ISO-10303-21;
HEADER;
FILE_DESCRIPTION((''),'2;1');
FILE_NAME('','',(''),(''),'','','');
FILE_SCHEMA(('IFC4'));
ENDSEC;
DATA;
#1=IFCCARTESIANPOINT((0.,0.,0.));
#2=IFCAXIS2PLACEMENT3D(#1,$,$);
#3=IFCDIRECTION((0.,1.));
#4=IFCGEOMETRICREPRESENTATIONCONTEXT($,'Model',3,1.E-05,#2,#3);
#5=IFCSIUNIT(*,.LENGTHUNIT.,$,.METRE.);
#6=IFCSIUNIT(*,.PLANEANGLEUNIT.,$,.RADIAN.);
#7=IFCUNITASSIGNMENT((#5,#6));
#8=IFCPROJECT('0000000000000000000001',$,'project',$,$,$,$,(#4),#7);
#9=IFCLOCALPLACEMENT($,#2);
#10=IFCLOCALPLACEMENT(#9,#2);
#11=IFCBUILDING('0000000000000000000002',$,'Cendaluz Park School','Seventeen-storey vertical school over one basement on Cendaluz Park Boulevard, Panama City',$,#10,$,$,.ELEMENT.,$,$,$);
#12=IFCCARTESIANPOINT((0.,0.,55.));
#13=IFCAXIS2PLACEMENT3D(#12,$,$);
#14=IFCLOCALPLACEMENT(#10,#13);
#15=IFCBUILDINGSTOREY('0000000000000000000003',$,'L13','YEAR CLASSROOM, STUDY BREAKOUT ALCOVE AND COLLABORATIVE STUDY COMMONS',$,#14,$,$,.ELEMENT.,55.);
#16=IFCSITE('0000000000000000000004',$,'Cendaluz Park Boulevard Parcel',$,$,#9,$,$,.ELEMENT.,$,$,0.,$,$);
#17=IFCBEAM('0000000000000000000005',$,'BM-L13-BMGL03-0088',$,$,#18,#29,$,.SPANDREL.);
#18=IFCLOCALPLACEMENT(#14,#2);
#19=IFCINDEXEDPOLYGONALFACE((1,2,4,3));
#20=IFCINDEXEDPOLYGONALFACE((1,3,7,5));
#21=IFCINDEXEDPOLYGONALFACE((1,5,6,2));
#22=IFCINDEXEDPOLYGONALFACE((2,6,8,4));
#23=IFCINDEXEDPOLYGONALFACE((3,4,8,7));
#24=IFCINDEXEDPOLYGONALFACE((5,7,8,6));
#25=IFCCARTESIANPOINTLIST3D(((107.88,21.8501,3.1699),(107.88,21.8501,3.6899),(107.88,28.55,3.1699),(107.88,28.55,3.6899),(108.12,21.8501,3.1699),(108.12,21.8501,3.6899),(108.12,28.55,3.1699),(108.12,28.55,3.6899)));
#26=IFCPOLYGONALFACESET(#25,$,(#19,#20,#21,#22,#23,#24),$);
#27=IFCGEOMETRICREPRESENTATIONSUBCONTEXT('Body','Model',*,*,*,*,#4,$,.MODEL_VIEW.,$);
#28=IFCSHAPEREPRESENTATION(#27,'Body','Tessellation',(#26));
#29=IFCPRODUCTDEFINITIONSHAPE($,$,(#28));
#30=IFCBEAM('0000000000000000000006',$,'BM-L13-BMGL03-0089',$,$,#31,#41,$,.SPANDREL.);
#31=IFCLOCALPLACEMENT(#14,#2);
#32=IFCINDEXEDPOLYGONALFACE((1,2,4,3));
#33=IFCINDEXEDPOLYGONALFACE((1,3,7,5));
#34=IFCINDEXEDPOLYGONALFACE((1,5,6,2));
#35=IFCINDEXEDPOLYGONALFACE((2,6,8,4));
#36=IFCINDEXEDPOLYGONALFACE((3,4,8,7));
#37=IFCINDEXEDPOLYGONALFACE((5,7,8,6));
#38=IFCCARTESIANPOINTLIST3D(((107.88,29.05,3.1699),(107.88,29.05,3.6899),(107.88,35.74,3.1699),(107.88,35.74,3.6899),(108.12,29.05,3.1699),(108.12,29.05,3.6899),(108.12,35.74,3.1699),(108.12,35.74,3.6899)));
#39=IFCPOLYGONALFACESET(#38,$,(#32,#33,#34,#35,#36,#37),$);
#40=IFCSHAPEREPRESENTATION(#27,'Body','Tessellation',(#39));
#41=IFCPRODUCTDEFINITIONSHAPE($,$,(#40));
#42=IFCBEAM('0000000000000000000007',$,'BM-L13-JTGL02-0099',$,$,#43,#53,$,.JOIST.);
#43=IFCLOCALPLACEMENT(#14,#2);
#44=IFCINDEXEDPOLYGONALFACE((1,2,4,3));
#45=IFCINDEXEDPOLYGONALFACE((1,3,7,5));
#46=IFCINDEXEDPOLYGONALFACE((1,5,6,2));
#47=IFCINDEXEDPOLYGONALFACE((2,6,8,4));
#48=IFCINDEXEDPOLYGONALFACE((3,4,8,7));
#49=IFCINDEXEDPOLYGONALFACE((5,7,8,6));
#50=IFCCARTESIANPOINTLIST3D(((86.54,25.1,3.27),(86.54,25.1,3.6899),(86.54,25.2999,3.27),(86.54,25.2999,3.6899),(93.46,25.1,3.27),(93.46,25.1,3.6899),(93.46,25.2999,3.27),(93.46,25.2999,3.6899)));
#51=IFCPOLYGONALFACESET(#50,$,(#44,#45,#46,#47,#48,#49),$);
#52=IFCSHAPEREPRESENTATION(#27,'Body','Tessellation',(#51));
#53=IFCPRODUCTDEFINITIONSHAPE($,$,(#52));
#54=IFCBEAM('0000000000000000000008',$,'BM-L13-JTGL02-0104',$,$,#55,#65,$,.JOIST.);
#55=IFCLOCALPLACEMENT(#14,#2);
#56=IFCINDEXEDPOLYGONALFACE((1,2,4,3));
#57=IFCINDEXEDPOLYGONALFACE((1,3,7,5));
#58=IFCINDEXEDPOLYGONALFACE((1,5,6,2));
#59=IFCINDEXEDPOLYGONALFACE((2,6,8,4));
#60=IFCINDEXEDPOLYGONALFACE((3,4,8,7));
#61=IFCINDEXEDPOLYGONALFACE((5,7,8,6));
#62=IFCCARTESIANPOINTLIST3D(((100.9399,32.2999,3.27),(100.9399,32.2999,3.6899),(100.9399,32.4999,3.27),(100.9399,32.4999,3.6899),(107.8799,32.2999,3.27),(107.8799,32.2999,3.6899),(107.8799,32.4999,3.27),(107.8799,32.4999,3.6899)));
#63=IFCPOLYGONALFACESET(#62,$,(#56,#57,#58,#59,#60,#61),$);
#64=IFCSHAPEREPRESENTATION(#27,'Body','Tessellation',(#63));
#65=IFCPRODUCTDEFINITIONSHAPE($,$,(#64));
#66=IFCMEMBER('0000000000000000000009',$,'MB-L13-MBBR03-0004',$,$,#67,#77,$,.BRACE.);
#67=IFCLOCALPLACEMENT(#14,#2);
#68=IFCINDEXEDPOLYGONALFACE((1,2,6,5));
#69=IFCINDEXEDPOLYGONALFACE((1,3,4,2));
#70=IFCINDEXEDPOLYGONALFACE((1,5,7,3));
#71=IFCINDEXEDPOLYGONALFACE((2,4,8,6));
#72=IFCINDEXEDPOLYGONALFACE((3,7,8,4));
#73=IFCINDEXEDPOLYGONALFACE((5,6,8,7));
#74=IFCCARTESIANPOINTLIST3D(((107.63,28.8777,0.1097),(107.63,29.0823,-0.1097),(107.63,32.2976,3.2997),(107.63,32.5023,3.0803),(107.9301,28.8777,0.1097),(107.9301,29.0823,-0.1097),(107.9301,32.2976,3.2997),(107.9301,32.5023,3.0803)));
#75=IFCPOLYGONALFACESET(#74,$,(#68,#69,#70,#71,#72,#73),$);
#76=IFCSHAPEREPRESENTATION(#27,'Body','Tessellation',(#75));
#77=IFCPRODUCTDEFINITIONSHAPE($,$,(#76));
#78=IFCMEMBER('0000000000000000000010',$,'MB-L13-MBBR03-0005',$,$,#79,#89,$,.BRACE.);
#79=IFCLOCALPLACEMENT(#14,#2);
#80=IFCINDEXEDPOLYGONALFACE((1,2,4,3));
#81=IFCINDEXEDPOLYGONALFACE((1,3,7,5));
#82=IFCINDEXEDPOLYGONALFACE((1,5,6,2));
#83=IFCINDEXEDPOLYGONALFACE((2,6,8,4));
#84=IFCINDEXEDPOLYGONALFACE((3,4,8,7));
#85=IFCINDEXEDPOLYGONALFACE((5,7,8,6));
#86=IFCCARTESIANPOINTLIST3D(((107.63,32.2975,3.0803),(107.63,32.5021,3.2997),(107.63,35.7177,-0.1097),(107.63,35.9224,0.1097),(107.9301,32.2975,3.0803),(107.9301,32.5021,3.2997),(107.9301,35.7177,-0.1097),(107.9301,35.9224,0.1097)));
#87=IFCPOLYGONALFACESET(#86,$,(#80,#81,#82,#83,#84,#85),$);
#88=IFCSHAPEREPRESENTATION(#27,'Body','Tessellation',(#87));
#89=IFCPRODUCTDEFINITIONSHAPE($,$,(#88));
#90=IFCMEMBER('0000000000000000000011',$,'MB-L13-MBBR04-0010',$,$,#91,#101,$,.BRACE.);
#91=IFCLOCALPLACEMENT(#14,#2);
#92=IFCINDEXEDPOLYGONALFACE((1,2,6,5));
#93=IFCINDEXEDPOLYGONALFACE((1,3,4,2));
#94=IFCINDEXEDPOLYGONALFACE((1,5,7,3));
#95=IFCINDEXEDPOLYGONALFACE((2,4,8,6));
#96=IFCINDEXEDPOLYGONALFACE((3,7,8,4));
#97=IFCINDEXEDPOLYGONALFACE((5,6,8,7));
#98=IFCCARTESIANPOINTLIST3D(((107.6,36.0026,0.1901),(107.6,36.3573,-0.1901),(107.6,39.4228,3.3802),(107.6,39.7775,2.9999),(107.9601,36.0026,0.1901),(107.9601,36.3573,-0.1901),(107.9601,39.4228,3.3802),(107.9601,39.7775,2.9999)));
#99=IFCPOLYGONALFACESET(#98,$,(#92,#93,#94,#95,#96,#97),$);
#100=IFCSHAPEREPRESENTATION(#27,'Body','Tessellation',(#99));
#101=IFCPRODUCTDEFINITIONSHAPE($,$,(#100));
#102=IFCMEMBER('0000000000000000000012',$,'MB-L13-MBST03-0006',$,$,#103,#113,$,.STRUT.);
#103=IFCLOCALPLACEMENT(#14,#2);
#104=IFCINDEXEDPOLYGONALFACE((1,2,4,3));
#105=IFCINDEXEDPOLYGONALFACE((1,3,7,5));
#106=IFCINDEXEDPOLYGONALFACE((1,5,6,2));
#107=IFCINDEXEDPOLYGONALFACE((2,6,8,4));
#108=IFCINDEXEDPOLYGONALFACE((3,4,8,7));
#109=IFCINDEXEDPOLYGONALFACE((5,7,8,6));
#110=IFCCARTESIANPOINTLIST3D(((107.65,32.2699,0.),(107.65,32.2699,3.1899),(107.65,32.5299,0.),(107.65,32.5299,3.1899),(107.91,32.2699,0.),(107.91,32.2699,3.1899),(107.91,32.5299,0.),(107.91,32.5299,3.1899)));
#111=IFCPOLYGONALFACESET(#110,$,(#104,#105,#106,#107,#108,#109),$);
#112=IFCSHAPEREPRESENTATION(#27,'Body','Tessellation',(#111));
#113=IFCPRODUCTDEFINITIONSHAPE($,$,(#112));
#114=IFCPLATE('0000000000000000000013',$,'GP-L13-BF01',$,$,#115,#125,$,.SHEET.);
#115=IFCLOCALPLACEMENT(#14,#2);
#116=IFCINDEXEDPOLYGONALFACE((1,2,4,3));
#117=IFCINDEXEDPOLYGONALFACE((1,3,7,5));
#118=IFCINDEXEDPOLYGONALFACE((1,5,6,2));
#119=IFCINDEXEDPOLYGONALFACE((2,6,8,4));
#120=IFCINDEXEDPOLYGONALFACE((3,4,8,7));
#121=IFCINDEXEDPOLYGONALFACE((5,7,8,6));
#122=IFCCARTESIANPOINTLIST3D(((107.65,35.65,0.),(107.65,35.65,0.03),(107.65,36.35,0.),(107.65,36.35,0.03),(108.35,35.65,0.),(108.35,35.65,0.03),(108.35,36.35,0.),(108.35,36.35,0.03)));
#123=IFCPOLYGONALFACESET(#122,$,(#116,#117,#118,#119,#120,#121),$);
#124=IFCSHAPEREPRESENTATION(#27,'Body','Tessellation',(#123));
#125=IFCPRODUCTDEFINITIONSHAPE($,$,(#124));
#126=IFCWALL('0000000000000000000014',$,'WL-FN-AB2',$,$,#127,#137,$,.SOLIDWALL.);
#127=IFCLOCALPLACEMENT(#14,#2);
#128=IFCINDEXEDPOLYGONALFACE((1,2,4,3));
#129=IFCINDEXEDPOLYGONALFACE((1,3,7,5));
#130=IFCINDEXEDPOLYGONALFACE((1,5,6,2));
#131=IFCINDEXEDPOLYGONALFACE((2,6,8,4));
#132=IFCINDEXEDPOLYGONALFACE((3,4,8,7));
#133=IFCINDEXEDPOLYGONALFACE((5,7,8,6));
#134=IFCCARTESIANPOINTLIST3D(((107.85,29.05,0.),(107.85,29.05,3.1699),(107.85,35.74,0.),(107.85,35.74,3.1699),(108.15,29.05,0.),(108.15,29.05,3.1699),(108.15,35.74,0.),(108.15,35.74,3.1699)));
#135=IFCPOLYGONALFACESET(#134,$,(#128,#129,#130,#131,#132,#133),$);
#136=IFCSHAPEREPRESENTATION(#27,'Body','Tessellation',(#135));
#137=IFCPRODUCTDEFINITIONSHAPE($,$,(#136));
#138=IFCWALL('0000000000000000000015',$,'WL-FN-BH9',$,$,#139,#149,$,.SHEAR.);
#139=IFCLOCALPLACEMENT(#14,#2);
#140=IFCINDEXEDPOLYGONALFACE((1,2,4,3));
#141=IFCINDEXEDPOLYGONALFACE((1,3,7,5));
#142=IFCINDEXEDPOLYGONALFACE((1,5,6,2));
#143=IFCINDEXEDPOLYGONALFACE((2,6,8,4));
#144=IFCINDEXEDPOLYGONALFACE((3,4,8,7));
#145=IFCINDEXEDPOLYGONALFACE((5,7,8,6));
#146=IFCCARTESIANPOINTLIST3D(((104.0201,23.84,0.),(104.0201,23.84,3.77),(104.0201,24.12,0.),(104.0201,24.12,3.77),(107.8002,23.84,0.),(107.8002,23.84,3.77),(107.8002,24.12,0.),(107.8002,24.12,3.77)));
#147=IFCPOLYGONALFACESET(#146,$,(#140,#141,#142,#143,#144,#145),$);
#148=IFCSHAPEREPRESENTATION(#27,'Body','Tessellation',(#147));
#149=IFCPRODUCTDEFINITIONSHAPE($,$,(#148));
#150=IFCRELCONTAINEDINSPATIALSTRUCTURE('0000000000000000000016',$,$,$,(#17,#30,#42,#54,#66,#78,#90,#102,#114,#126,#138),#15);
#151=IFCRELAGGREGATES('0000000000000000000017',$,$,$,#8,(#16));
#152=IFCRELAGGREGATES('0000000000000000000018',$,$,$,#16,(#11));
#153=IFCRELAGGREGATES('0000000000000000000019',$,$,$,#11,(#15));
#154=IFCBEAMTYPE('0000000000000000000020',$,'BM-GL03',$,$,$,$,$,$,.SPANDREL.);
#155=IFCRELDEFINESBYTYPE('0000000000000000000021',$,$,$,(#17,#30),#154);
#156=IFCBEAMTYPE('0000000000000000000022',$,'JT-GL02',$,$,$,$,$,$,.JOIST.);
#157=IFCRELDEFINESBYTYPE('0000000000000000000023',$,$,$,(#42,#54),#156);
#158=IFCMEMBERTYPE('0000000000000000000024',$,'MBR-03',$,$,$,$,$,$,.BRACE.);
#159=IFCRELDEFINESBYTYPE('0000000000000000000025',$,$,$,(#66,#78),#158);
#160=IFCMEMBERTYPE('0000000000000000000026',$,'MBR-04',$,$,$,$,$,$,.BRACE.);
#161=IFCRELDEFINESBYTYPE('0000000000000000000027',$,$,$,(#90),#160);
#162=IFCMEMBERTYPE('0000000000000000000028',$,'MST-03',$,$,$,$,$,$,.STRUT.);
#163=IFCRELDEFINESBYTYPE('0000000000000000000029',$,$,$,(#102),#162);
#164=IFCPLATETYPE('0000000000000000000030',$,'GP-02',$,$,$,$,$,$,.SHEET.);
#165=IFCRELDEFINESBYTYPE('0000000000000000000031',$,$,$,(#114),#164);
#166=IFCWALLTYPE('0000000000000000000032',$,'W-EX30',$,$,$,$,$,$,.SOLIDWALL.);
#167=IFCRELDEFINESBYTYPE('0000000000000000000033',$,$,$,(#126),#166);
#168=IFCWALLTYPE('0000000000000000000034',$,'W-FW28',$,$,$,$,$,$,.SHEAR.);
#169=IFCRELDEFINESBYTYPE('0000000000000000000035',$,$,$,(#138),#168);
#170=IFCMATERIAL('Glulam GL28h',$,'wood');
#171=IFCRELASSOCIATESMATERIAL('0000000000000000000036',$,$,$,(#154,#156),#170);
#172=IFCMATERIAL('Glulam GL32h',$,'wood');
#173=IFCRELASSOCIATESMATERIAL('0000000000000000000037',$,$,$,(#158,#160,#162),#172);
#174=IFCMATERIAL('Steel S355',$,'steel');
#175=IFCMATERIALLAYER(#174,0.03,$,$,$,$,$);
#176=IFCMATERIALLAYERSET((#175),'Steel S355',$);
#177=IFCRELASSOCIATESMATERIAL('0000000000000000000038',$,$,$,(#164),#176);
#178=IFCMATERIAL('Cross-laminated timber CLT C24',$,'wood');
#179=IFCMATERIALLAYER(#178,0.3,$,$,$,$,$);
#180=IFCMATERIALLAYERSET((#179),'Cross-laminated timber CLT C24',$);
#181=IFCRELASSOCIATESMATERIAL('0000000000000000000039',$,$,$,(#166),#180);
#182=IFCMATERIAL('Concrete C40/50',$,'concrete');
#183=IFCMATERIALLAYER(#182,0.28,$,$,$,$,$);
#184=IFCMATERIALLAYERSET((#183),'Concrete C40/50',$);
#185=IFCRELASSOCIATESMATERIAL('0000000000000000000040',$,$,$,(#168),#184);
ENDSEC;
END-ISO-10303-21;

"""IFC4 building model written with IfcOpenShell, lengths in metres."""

from ifc_helpers import new_model, si_unit, direction, frame, frame_2d, origin, origin_2d, place, context, subcontext, project, spatial, rectangle, extrude, material, layer, layer_set, material_profile, profile_set, type_object, element, save


model = new_model("IFC4")

# Units and contexts
model_context = context("Model", 3, precision=1e-05, world=origin(), true_north=direction((0.0, 1.0)))
body_context = subcontext(model_context, "Body", "Model", "MODEL_VIEW")
ifc_project = project(units=[si_unit("LENGTHUNIT", "METRE"), si_unit("PLANEANGLEUNIT", "RADIAN")], contexts=[model_context])

# Site, building, storey
site_placement = place(None, origin())
site = spatial("IfcSite", under=ifc_project, at=site_placement, Name="Cendaluz Park Boulevard Parcel", CompositionType="ELEMENT", RefElevation=0.0)
building_placement = place(site_placement, origin())
building = spatial("IfcBuilding", under=site, at=building_placement, Name="Cendaluz Park School", Description="Seventeen-storey vertical school over one basement on Cendaluz Park Boulevard, Panama City", CompositionType="ELEMENT")
storey_placement = place(building_placement, frame((0.0, 0.0, 55.0)))
storey = spatial("IfcBuildingStorey", under=building, at=storey_placement, Name="L13", Description="YEAR CLASSROOM, STUDY BREAKOUT ALCOVE AND COLLABORATIVE STUDY COMMONS", CompositionType="ELEMENT", Elevation=55.0)

# Shared definitions
ifc_material_1 = material(Name="Glulam GL32h", Category="wood")

# Beams
ifc_material_2 = material(Name="Glulam GL28h", Category="wood")
ifc_material_profile_1 = material_profile(ifc_material_2, rectangle(XDim=0.24, YDim=0.52, at=origin_2d()), Name="GL28h 240x520", Category="wood")
ifc_profile_set_1 = profile_set([ifc_material_profile_1], Name="Glulam GL28h")
beam_type_1 = type_object("IfcBeamType", Name="BM-GL03", PredefinedType="SPANDREL", material=ifc_profile_set_1)
beam_1_placement = place(storey_placement, frame((108.0, 21.8501, 3.4299), z_axis=(0.0, 1.0, 0.0), x_axis=(-1.0, 0.0, 0.0)))
element("IfcBeam", 1, at=beam_1_placement, inside=storey, type_object=beam_type_1, Name="BM-L13-BMGL03-0088", PredefinedType="SPANDREL", context=body_context, shape_type="SweptSolid", body=[
    extrude(rectangle(XDim=0.24, YDim=0.52, at=origin_2d()), origin(), (0.0, 0.0, 1.0), 6.7),
])
beam_2_placement = place(storey_placement, frame((108.0, 29.05, 3.4299), z_axis=(0.0, 1.0, 0.0), x_axis=(-1.0, 0.0, 0.0)))
element("IfcBeam", 2, at=beam_2_placement, inside=storey, type_object=beam_type_1, Name="BM-L13-BMGL03-0089", PredefinedType="SPANDREL", context=body_context, shape_type="SweptSolid", body=[
    extrude(rectangle(XDim=0.24, YDim=0.52, at=origin_2d()), origin(), (0.0, 0.0, 1.0), 6.6899),
])
ifc_material_profile_2 = material_profile(ifc_material_2, rectangle(XDim=0.2, YDim=0.4199, at=origin_2d()), Name="GL28h 200x420", Category="wood")
ifc_profile_set_2 = profile_set([ifc_material_profile_2], Name="Glulam GL28h")
beam_type_2 = type_object("IfcBeamType", Name="JT-GL02", PredefinedType="JOIST", material=ifc_profile_set_2)
beam_3_placement = place(storey_placement, frame((86.54, 25.2, 3.48), z_axis=(1.0, 0.0, 0.0), x_axis=(0.0, 1.0, 0.0)))
element("IfcBeam", 3, at=beam_3_placement, inside=storey, type_object=beam_type_2, Name="BM-L13-JTGL02-0099", PredefinedType="JOIST", context=body_context, shape_type="SweptSolid", body=[
    extrude(rectangle(XDim=0.2, YDim=0.4199, at=origin_2d()), origin(), (0.0, 0.0, 1.0), 6.9199),
])
beam_4_placement = place(storey_placement, frame((100.9399, 32.3999, 3.48), z_axis=(1.0, 0.0, 0.0), x_axis=(0.0, 1.0, 0.0)))
element("IfcBeam", 4, at=beam_4_placement, inside=storey, type_object=beam_type_2, Name="BM-L13-JTGL02-0104", PredefinedType="JOIST", context=body_context, shape_type="SweptSolid", body=[
    extrude(rectangle(XDim=0.2, YDim=0.4199, at=origin_2d()), origin(), (0.0, 0.0, 1.0), 6.9399),
])

# Members
ifc_material_profile_3 = material_profile(ifc_material_1, rectangle(XDim=0.3, YDim=0.3, at=origin_2d()), Name="GL32h 300x300", Category="wood")
ifc_profile_set_3 = profile_set([ifc_material_profile_3], Name="Glulam GL32h")
member_type_1 = type_object("IfcMemberType", Name="MBR-03", PredefinedType="BRACE", material=ifc_profile_set_3)
member_1_placement = place(storey_placement, frame((107.78, 28.98, 0.0), z_axis=(0.0, 0.731267, 0.682091), x_axis=(-1.0, 0.0, 0.0)))
element("IfcMember", 5, at=member_1_placement, inside=storey, type_object=member_type_1, Name="MB-L13-MBBR03-0004", PredefinedType="BRACE", context=body_context, shape_type="SweptSolid", body=[
    extrude(rectangle(XDim=0.3, YDim=0.3, at=origin_2d()), origin(), (0.0, 0.0, 1.0), 4.6768),
])
member_2_placement = place(storey_placement, frame((107.78, 35.8201, 0.0), z_axis=(0.0, -0.731291, 0.682065), x_axis=(1.0, 0.0, 0.0)))
element("IfcMember", 6, at=member_2_placement, inside=storey, type_object=member_type_1, Name="MB-L13-MBBR03-0005", PredefinedType="BRACE", context=body_context, shape_type="SweptSolid", body=[
    extrude(rectangle(XDim=0.3, YDim=0.3, at=origin_2d()), origin(), (0.0, 0.0, 1.0), 4.677),
])
ifc_material_profile_4 = material_profile(ifc_material_1, rectangle(XDim=0.3601, YDim=0.52, at=origin_2d()), Name="GL32h 360x520", Category="wood")
ifc_profile_set_4 = profile_set([ifc_material_profile_4], Name="Glulam GL32h")
member_type_2 = type_object("IfcMemberType", Name="MBR-04", PredefinedType="BRACE", material=ifc_profile_set_4)
member_3_placement = place(storey_placement, frame((107.78, 36.1799, 0.0), z_axis=(0.0, 0.731291, 0.682065), x_axis=(-1.0, 0.0, 0.0)))
element("IfcMember", 7, at=member_3_placement, inside=storey, type_object=member_type_2, Name="MB-L13-MBBR04-0010", PredefinedType="BRACE", context=body_context, shape_type="SweptSolid", body=[
    extrude(rectangle(XDim=0.3601, YDim=0.52, at=origin_2d()), origin(), (0.0, 0.0, 1.0), 4.677),
])
ifc_material_profile_5 = material_profile(ifc_material_1, rectangle(XDim=0.26, YDim=0.26, at=origin_2d()), Name="GL32h 260x260", Category="wood")
ifc_profile_set_5 = profile_set([ifc_material_profile_5], Name="Glulam GL32h")
member_type_3 = type_object("IfcMemberType", Name="MST-03", PredefinedType="STRUT", material=ifc_profile_set_5)
member_4_placement = place(storey_placement, frame((107.78, 32.3999, 0.0), z_axis=(0.0, 0.0, 1.0), x_axis=(1.0, 0.0, 0.0)))
element("IfcMember", 8, at=member_4_placement, inside=storey, type_object=member_type_3, Name="MB-L13-MBST03-0006", PredefinedType="STRUT", context=body_context, shape_type="SweptSolid", body=[
    extrude(rectangle(XDim=0.26, YDim=0.26, at=origin_2d()), origin(), (0.0, 0.0, 1.0), 3.1899),
])

# Plate
ifc_material_3 = material(Name="Steel S355", Category="steel")
ifc_layer_1 = layer(ifc_material_3, 0.03)
ifc_layer_set_1 = layer_set([ifc_layer_1], Name="Steel S355")
plate_type = type_object("IfcPlateType", Name="GP-02", PredefinedType="SHEET", material=ifc_layer_set_1)
plate_placement = place(storey_placement, frame((108.0, 36.0, 0.0), z_axis=(0.0, 0.0, 1.0), x_axis=(1.0, 0.0, 0.0)))
element("IfcPlate", 9, at=plate_placement, inside=storey, type_object=plate_type, Name="GP-L13-BF01", PredefinedType="SHEET", context=body_context, shape_type="SweptSolid", body=[
    extrude(rectangle(XDim=0.7, YDim=0.7, at=origin_2d()), origin(), (0.0, 0.0, 1.0), 0.03),
])

# Walls
ifc_material_4 = material(Name="Cross-laminated timber CLT C24", Category="wood")
ifc_layer_2 = layer(ifc_material_4, 0.3)
ifc_layer_set_2 = layer_set([ifc_layer_2], Name="Cross-laminated timber CLT C24")
wall_type_1 = type_object("IfcWallType", Name="W-EX30", PredefinedType="SOLIDWALL", material=ifc_layer_set_2)
wall_1_placement = place(storey_placement, frame((108.0, 29.05, 0.0), z_axis=(0.0, 0.0, 1.0), x_axis=(0.0, 1.0, 0.0)))
element("IfcWall", 10, at=wall_1_placement, inside=storey, type_object=wall_type_1, Name="WL-FN-AB2", PredefinedType="SOLIDWALL", context=body_context, shape_type="SweptSolid", body=[
    extrude(rectangle(XDim=6.6899, YDim=0.3, at=frame_2d((3.345, 0.0))), origin(), (0.0, 0.0, 1.0), 3.1699),
])
ifc_material_5 = material(Name="Concrete C40/50", Category="concrete")
ifc_layer_3 = layer(ifc_material_5, 0.28)
ifc_layer_set_3 = layer_set([ifc_layer_3], Name="Concrete C40/50")
wall_type_2 = type_object("IfcWallType", Name="W-FW28", PredefinedType="SHEAR", material=ifc_layer_set_3)
wall_2_placement = place(storey_placement, frame((104.02, 23.98, 0.0), z_axis=(0.0, 0.0, 1.0), x_axis=(1.0, 0.0, 0.0)))
element("IfcWall", 11, at=wall_2_placement, inside=storey, type_object=wall_type_2, Name="WL-FN-BH9", PredefinedType="SHEAR", context=body_context, shape_type="SweptSolid", body=[
    extrude(rectangle(XDim=3.78, YDim=0.28, at=frame_2d((1.8901, 0.0))), origin(), (0.0, 0.0, 1.0), 3.77),
])

save(model, "model.ifc")
